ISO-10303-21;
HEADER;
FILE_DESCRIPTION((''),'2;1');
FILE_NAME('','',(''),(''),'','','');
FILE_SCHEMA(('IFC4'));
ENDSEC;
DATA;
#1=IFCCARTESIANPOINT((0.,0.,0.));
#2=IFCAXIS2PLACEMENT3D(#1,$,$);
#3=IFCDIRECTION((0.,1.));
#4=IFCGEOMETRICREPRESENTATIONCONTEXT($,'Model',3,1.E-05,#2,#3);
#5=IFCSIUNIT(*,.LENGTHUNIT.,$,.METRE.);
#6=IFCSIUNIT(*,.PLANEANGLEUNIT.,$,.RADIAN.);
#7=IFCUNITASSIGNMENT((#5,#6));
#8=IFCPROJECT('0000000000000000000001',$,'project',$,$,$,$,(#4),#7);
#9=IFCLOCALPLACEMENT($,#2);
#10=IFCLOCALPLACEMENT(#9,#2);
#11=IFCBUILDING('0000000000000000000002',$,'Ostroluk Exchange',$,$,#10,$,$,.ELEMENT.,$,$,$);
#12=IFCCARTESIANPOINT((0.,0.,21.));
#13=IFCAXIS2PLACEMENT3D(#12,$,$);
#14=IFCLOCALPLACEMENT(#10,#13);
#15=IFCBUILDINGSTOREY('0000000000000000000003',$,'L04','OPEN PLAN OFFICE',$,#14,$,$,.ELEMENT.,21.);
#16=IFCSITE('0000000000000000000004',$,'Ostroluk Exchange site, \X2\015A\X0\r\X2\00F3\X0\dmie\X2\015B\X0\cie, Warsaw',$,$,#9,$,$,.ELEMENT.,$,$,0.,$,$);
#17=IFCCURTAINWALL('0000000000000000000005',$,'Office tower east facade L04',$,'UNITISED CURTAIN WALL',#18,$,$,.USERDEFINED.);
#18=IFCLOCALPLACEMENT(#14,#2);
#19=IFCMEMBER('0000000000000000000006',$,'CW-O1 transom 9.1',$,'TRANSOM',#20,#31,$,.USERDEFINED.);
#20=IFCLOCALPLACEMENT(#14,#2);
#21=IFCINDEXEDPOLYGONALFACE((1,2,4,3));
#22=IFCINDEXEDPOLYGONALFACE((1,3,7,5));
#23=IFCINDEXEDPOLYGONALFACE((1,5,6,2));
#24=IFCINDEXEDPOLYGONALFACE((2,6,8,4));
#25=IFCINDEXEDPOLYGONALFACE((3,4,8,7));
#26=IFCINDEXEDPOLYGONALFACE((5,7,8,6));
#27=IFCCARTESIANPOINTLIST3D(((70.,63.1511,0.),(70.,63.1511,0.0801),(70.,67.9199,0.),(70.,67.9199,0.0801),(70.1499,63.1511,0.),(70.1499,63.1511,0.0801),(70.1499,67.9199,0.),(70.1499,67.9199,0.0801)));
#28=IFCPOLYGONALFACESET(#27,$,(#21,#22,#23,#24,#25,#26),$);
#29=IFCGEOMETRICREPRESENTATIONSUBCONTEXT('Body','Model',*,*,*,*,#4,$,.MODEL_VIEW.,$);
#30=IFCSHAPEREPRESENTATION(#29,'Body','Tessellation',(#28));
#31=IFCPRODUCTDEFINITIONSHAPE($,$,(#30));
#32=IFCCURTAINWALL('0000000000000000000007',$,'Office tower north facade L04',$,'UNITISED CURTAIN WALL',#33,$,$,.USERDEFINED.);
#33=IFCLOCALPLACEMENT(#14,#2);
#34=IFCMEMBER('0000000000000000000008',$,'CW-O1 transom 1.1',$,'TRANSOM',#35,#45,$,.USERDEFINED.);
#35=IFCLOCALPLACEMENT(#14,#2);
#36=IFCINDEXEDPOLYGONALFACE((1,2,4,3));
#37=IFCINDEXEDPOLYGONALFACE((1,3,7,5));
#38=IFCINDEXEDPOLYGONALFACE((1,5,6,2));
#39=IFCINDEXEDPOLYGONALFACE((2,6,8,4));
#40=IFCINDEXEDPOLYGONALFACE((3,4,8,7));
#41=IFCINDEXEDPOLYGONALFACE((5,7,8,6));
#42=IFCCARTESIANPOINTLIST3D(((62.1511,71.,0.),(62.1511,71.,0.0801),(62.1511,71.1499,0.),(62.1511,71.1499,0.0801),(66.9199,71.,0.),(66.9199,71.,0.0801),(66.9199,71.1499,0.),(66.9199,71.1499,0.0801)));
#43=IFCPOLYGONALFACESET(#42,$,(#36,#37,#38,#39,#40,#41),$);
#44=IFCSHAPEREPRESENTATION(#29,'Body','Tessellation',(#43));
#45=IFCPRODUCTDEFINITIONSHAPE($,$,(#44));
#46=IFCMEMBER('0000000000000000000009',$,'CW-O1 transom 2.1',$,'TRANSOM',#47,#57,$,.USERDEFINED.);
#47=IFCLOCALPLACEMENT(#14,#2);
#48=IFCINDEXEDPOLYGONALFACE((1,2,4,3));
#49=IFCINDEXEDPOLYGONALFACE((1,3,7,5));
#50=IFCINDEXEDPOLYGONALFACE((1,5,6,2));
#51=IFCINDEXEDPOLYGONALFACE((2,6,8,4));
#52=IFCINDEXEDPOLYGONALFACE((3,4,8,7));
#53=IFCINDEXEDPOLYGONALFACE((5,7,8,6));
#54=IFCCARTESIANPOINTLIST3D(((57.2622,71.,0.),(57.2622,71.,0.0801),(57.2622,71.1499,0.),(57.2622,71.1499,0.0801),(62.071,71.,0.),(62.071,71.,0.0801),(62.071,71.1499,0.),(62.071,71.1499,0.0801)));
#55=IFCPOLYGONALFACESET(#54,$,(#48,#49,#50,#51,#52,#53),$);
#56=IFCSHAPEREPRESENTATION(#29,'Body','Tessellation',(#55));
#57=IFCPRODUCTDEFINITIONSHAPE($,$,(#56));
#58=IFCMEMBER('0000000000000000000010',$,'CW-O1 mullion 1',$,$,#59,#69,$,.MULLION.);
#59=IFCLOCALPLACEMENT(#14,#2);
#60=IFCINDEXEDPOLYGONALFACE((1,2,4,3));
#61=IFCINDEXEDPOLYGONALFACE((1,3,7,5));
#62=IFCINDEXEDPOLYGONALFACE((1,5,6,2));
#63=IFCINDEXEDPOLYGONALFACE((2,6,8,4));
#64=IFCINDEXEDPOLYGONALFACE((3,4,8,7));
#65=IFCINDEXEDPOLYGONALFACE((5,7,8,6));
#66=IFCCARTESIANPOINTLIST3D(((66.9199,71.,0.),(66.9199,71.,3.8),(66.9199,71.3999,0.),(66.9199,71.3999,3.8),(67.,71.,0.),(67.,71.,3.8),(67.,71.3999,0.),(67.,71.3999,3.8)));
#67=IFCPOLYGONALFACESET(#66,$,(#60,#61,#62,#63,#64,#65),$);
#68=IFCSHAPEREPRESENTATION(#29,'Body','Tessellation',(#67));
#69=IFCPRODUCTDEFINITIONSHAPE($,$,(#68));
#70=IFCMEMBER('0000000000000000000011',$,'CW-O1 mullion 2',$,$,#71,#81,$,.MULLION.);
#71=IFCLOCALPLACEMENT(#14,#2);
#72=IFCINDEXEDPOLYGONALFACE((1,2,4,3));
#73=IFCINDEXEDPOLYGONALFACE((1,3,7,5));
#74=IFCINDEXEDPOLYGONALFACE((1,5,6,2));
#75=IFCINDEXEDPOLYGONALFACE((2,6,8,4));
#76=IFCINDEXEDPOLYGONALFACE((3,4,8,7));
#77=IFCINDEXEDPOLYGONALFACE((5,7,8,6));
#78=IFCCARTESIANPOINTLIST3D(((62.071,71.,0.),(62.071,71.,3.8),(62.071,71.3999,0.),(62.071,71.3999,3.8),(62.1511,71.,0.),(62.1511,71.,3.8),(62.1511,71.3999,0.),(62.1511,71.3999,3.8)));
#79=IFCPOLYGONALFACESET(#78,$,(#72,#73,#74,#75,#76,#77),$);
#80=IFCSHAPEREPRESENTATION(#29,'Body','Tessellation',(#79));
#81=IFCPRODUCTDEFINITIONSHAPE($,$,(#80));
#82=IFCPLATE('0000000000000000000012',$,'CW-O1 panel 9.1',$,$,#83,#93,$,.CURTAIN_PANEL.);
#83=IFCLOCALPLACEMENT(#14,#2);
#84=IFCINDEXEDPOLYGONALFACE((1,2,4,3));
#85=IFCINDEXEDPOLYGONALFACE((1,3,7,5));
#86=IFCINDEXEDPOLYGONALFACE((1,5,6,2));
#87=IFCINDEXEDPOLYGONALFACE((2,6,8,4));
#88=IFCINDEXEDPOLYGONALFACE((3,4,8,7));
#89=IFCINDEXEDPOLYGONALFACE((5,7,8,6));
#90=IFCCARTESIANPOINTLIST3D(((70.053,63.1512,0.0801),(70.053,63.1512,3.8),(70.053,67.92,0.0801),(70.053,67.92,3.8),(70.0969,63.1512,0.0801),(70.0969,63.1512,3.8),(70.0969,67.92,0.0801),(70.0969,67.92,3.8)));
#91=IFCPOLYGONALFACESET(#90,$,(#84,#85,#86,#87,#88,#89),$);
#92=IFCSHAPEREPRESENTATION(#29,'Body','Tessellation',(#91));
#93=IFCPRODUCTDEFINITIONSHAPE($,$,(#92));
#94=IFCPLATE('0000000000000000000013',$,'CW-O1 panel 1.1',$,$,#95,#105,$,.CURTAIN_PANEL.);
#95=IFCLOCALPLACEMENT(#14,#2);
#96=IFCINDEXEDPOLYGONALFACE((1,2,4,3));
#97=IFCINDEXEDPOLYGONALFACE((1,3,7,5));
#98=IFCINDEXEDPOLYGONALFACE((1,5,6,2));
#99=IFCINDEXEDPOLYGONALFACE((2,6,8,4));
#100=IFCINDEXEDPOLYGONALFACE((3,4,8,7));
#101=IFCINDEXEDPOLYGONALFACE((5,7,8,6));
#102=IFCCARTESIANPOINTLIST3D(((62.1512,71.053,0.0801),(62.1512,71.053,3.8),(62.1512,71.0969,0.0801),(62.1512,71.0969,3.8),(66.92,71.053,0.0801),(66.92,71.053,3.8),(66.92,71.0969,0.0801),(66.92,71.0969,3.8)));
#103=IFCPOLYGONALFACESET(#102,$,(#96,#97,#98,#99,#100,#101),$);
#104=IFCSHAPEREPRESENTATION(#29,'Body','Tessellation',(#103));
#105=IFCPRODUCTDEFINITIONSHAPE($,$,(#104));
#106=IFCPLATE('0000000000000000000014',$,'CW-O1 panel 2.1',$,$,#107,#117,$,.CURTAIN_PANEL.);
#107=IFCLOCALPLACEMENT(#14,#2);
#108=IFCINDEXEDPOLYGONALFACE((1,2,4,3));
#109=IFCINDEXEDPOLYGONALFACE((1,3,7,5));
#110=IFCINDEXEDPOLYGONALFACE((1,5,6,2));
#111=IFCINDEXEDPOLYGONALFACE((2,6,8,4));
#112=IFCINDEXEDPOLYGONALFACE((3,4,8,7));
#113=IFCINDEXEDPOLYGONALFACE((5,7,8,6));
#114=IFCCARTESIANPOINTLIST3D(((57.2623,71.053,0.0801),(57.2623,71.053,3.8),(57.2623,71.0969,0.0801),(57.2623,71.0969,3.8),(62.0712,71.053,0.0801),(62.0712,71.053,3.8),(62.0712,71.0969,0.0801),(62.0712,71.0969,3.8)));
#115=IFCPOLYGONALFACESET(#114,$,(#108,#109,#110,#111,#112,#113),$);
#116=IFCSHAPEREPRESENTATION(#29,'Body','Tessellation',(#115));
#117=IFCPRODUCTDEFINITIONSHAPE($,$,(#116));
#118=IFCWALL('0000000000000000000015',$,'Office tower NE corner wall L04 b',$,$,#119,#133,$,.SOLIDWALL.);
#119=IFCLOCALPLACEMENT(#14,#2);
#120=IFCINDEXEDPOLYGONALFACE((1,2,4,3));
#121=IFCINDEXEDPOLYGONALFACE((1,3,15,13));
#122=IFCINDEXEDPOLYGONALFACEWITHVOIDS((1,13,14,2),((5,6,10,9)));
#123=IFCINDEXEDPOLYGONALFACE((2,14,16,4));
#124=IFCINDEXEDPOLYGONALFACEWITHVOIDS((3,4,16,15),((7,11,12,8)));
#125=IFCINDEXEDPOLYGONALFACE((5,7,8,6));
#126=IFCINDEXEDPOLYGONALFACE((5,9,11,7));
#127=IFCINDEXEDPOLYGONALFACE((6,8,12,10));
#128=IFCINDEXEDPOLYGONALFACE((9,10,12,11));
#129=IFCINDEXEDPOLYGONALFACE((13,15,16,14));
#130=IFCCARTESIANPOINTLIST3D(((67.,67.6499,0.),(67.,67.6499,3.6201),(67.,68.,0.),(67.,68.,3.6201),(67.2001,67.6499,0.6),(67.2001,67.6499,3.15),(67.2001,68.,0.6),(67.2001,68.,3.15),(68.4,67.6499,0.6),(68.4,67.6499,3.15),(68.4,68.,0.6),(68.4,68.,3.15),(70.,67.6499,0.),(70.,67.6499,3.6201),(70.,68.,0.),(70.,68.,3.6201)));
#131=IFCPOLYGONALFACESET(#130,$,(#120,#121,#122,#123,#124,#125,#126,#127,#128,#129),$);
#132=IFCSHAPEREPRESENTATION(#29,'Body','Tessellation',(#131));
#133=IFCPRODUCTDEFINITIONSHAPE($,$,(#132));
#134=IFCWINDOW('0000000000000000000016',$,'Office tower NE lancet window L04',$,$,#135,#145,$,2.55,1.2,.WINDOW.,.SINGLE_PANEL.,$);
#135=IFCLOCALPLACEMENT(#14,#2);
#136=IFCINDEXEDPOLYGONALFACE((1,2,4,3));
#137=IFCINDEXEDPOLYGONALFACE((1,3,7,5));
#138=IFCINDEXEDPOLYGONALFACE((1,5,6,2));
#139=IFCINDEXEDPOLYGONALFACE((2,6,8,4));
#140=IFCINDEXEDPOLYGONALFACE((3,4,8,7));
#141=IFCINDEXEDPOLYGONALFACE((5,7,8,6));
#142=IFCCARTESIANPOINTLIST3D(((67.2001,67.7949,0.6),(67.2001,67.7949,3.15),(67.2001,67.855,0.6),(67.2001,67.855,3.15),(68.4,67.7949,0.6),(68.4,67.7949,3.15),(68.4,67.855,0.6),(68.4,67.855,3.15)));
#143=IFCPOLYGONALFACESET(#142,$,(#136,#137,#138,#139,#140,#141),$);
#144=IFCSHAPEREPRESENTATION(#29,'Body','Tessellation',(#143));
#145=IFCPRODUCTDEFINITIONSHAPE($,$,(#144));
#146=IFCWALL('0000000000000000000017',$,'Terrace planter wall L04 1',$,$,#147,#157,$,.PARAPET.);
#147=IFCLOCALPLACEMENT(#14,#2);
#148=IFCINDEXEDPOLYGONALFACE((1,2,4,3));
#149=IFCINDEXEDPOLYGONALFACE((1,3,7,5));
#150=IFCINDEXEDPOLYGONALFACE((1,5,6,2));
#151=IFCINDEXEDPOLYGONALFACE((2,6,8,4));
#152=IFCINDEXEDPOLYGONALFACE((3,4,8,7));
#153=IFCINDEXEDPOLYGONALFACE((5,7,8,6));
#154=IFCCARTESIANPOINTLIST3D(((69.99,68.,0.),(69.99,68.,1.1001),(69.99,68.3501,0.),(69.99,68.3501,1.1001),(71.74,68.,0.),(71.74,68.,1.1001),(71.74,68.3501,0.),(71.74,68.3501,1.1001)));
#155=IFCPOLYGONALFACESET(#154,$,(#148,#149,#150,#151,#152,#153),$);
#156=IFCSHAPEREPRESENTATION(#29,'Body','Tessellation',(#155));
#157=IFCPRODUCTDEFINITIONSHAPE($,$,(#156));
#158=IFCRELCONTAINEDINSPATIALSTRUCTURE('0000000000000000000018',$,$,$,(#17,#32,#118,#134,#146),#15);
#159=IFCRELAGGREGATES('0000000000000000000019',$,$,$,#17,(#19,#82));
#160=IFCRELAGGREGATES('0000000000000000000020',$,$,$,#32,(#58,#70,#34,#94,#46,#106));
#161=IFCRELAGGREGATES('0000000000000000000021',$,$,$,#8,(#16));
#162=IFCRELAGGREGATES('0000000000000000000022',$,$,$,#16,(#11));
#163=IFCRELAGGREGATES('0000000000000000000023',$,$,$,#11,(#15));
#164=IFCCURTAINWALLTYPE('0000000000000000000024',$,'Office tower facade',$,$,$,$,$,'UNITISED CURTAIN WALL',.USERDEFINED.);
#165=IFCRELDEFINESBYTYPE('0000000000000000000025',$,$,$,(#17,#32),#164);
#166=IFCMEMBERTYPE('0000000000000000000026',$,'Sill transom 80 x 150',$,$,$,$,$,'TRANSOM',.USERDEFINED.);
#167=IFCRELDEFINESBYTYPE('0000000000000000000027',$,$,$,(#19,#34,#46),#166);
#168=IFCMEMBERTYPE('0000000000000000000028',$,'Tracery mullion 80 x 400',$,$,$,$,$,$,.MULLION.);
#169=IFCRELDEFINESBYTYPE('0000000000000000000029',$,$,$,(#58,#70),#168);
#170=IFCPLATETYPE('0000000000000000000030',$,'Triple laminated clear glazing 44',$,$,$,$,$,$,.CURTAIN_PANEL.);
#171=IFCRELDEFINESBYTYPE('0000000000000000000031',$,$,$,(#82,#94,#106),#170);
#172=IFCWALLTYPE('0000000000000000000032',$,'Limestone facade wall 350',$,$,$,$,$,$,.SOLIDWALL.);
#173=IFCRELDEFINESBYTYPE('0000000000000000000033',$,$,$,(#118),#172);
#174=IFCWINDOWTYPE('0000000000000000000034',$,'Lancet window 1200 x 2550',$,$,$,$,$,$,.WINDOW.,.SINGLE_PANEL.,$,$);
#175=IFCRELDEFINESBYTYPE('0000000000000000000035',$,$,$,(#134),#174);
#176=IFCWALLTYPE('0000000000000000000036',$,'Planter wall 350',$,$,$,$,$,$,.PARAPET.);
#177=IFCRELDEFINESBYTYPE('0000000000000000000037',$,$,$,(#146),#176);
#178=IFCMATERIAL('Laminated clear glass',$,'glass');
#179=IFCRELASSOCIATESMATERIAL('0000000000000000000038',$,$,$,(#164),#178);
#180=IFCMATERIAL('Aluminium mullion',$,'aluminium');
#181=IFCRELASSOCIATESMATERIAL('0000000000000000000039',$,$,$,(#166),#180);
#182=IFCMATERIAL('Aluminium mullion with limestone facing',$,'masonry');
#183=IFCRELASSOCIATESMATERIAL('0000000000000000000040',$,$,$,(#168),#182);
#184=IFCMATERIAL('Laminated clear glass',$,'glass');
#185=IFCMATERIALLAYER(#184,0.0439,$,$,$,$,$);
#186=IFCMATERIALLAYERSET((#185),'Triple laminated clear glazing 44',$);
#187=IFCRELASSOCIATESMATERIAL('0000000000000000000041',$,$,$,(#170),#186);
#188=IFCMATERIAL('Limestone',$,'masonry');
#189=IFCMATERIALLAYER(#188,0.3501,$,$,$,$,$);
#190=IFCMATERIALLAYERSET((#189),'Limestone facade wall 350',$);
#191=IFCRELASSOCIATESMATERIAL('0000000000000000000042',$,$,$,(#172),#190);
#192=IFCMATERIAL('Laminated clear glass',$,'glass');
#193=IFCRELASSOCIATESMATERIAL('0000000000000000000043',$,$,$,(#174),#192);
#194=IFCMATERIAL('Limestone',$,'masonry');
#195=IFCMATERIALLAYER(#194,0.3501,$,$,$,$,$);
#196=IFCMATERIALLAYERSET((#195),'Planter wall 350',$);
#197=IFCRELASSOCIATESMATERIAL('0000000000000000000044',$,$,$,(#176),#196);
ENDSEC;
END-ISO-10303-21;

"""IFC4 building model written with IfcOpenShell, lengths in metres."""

from ifc_helpers import new_model, si_unit, direction, frame, frame_2d, origin, origin_2d, place, context, subcontext, project, spatial, rectangle, extrude, material, layer, layer_set, material_profile, profile_set, type_object, element, fill, aggregate, save


model = new_model("IFC4")

# Units and contexts
model_context = context("Model", 3, precision=1e-05, world=origin(), true_north=direction((0.0, 1.0)))
body_context = subcontext(model_context, "Body", "Model", "MODEL_VIEW")
ifc_project = project(units=[si_unit("LENGTHUNIT", "METRE"), si_unit("PLANEANGLEUNIT", "RADIAN")], contexts=[model_context])

# Site, building, storey
site_placement = place(None, origin())
site = spatial("IfcSite", under=ifc_project, at=site_placement, Name="Ostroluk Exchange site, Śródmieście, Warsaw", CompositionType="ELEMENT", RefElevation=0.0)
building_placement = place(site_placement, origin())
building = spatial("IfcBuilding", under=site, at=building_placement, Name="Ostroluk Exchange", CompositionType="ELEMENT")
storey_placement = place(building_placement, frame((0.0, 0.0, 21.0)))
storey = spatial("IfcBuildingStorey", under=building, at=storey_placement, Name="L04", Description="OPEN PLAN OFFICE", CompositionType="ELEMENT", Elevation=21.0)

# Curtain wall, member
ifc_material_1 = material(Name="Laminated clear glass", Category="glass")
curtain_wall_type = type_object("IfcCurtainWallType", Name="Office tower facade", ElementType="UNITISED CURTAIN WALL", PredefinedType="USERDEFINED", material=ifc_material_1)
curtain_wall_1_placement = place(storey_placement, origin())
curtain_wall_1 = element("IfcCurtainWall", 1, at=curtain_wall_1_placement, inside=storey, type_object=curtain_wall_type, Name="Office tower east facade L04", ObjectType="UNITISED CURTAIN WALL", PredefinedType="USERDEFINED")
ifc_material_2 = material(Name="Aluminium mullion", Category="aluminium")
ifc_material_profile_1 = material_profile(ifc_material_2, rectangle(XDim=0.1499, YDim=0.0801, at=origin_2d()), Name="Sill transom 80 x 150")
ifc_profile_set_1 = profile_set([ifc_material_profile_1], Name="Aluminium mullion")
member_type_1 = type_object("IfcMemberType", Name="Sill transom 80 x 150", ElementType="TRANSOM", PredefinedType="USERDEFINED", material=ifc_profile_set_1)
member_1_placement = place(storey_placement, frame((70.075, 63.1511, 0.04), z_axis=(0.0, 1.0, 0.0), x_axis=(-1.0, 0.0, 0.0)))
member_1 = element("IfcMember", 2, at=member_1_placement, type_object=member_type_1, Name="CW-O1 transom 9.1", ObjectType="TRANSOM", PredefinedType="USERDEFINED", context=body_context, shape_type="SweptSolid", body=[
    extrude(rectangle(XDim=0.1499, YDim=0.0801, at=origin_2d()), origin(), (0.0, 0.0, 1.0), 4.7688),
])

# Curtain wall, members
curtain_wall_2_placement = place(storey_placement, origin())
curtain_wall_2 = element("IfcCurtainWall", 3, at=curtain_wall_2_placement, inside=storey, type_object=curtain_wall_type, Name="Office tower north facade L04", ObjectType="UNITISED CURTAIN WALL", PredefinedType="USERDEFINED")
member_2_placement = place(storey_placement, frame((66.9199, 71.075, 0.04), z_axis=(-1.0, 0.0, 0.0), x_axis=(0.0, -1.0, 0.0)))
member_2 = element("IfcMember", 4, at=member_2_placement, type_object=member_type_1, Name="CW-O1 transom 1.1", ObjectType="TRANSOM", PredefinedType="USERDEFINED", context=body_context, shape_type="SweptSolid", body=[
    extrude(rectangle(XDim=0.1499, YDim=0.0801, at=origin_2d()), origin(), (0.0, 0.0, 1.0), 4.7688),
])
member_3_placement = place(storey_placement, frame((62.071, 71.075, 0.04), z_axis=(-1.0, 0.0, 0.0), x_axis=(0.0, -1.0, 0.0)))
member_3 = element("IfcMember", 5, at=member_3_placement, type_object=member_type_1, Name="CW-O1 transom 2.1", ObjectType="TRANSOM", PredefinedType="USERDEFINED", context=body_context, shape_type="SweptSolid", body=[
    extrude(rectangle(XDim=0.1499, YDim=0.0801, at=origin_2d()), origin(), (0.0, 0.0, 1.0), 4.8088),
])
ifc_material_3 = material(Name="Aluminium mullion with limestone facing", Category="masonry")
ifc_material_profile_2 = material_profile(ifc_material_3, rectangle(XDim=0.3999, YDim=0.0801, at=origin_2d()), Name="Tracery mullion 80 x 400")
ifc_profile_set_2 = profile_set([ifc_material_profile_2], Name="Aluminium mullion with limestone facing")
member_type_2 = type_object("IfcMemberType", Name="Tracery mullion 80 x 400", PredefinedType="MULLION", material=ifc_profile_set_2)
member_4_placement = place(storey_placement, frame((66.96, 71.2, 0.0), z_axis=(0.0, 0.0, 1.0), x_axis=(0.0, -1.0, 0.0)))
member_4 = element("IfcMember", 6, at=member_4_placement, type_object=member_type_2, Name="CW-O1 mullion 1", PredefinedType="MULLION", context=body_context, shape_type="SweptSolid", body=[
    extrude(rectangle(XDim=0.3999, YDim=0.0801, at=origin_2d()), origin(), (0.0, 0.0, 1.0), 3.8),
])
member_5_placement = place(storey_placement, frame((62.1111, 71.2, 0.0), z_axis=(0.0, 0.0, 1.0), x_axis=(0.0, -1.0, 0.0)))
member_5 = element("IfcMember", 7, at=member_5_placement, type_object=member_type_2, Name="CW-O1 mullion 2", PredefinedType="MULLION", context=body_context, shape_type="SweptSolid", body=[
    extrude(rectangle(XDim=0.3999, YDim=0.0801, at=origin_2d()), origin(), (0.0, 0.0, 1.0), 3.8),
])

# Plates
ifc_material_4 = material(Name="Laminated clear glass", Category="glass")
ifc_layer_1 = layer(ifc_material_4, 0.0439)
ifc_layer_set_1 = layer_set([ifc_layer_1], Name="Triple laminated clear glazing 44")
plate_type = type_object("IfcPlateType", Name="Triple laminated clear glazing 44", PredefinedType="CURTAIN_PANEL", material=ifc_layer_set_1)
plate_1_placement = place(storey_placement, frame((70.075, 65.5356, 0.0801), z_axis=(0.0, 0.0, 1.0), x_axis=(0.0, 1.0, 0.0)))
plate_1 = element("IfcPlate", 8, at=plate_1_placement, type_object=plate_type, Name="CW-O1 panel 9.1", PredefinedType="CURTAIN_PANEL", context=body_context, shape_type="SweptSolid", body=[
    extrude(rectangle(XDim=4.7688, YDim=0.0439, at=origin_2d()), origin(), (0.0, 0.0, 1.0), 3.72),
])
aggregate(curtain_wall_1, [member_1, plate_1])
plate_2_placement = place(storey_placement, frame((64.5356, 71.075, 0.0801), z_axis=(0.0, 0.0, 1.0), x_axis=(-1.0, 0.0, 0.0)))
plate_2 = element("IfcPlate", 9, at=plate_2_placement, type_object=plate_type, Name="CW-O1 panel 1.1", PredefinedType="CURTAIN_PANEL", context=body_context, shape_type="SweptSolid", body=[
    extrude(rectangle(XDim=4.7688, YDim=0.0439, at=origin_2d()), origin(), (0.0, 0.0, 1.0), 3.72),
])
plate_3_placement = place(storey_placement, frame((59.6667, 71.075, 0.0801), z_axis=(0.0, 0.0, 1.0), x_axis=(-1.0, 0.0, 0.0)))
plate_3 = element("IfcPlate", 10, at=plate_3_placement, type_object=plate_type, Name="CW-O1 panel 2.1", PredefinedType="CURTAIN_PANEL", context=body_context, shape_type="SweptSolid", body=[
    extrude(rectangle(XDim=4.8088, YDim=0.0439, at=origin_2d()), origin(), (0.0, 0.0, 1.0), 3.72),
])
aggregate(curtain_wall_2, [member_4, member_5, member_2, plate_2, member_3, plate_3])

# Shared definitions
ifc_material_5 = material(Name="Limestone", Category="masonry")
ifc_layer_2 = layer(ifc_material_5, 0.3501)
ifc_layer_set_2 = layer_set([ifc_layer_2], Name="Limestone facade wall 350")
wall_type_1 = type_object("IfcWallType", Name="Limestone facade wall 350", PredefinedType="SOLIDWALL", material=ifc_layer_set_2)

# Wall, opening, window
wall_1_placement = place(storey_placement, frame((67.0, 67.825, 0.0), z_axis=(0.0, 0.0, 1.0), x_axis=(1.0, 0.0, 0.0)))
wall_1 = element("IfcWall", 11, at=wall_1_placement, inside=storey, type_object=wall_type_1, Name="Office tower NE corner wall L04 b", PredefinedType="SOLIDWALL", context=body_context, shape_type="SweptSolid", body=[
    extrude(rectangle(XDim=3.0, YDim=0.3501, at=frame_2d((1.5, 0.0))), origin(), (0.0, 0.0, 1.0), 3.6201),
])
opening_1_placement = place(wall_1_placement, frame((0.2, 0.0, 0.6001)))
opening_1 = element("IfcOpeningElement", 12, at=opening_1_placement, cuts=wall_1, PredefinedType="OPENING", context=body_context, shape_type="SweptSolid", body=[
    extrude(rectangle(XDim=1.2, YDim=2.55, at=frame_2d((0.6001, 1.2749))), frame((0.0, 0.1851, 0.0), z_axis=(0.0, -1.0, 0.0), x_axis=(1.0, 0.0, 0.0)), (0.0, 0.0, 1.0), 0.3701),
])
ifc_material_6 = material(Name="Laminated clear glass", Category="glass")
window_type = type_object("IfcWindowType", Name="Lancet window 1200 x 2550", PartitioningType="SINGLE_PANEL", PredefinedType="WINDOW", material=ifc_material_6)
window_placement = place(opening_1_placement, origin())
window = element("IfcWindow", 13, at=window_placement, inside=storey, type_object=window_type, Name="Office tower NE lancet window L04", OverallHeight=2.55, OverallWidth=1.2, PartitioningType="SINGLE_PANEL", PredefinedType="WINDOW", context=body_context, shape_type="SweptSolid", body=[
    extrude(rectangle(XDim=1.2, YDim=2.55, at=frame_2d((0.6001, 1.2749))), frame((0.0, 0.03, 0.0), z_axis=(0.0, -1.0, 0.0), x_axis=(1.0, 0.0, 0.0)), (0.0, 0.0, 1.0), 0.0601),
])
fill(opening_1, window)

# Wall
ifc_material_7 = material(Name="Limestone", Category="masonry")
ifc_layer_3 = layer(ifc_material_7, 0.3501)
ifc_layer_set_3 = layer_set([ifc_layer_3], Name="Planter wall 350")
wall_type_2 = type_object("IfcWallType", Name="Planter wall 350", PredefinedType="PARAPET", material=ifc_layer_set_3)
wall_2_placement = place(storey_placement, frame((69.99, 68.175, 0.0), z_axis=(0.0, 0.0, 1.0), x_axis=(1.0, 0.0, 0.0)))
element("IfcWall", 14, at=wall_2_placement, inside=storey, type_object=wall_type_2, Name="Terrace planter wall L04 1", PredefinedType="PARAPET", context=body_context, shape_type="SweptSolid", body=[
    extrude(rectangle(XDim=1.75, YDim=0.3501, at=frame_2d((0.875, 0.0))), origin(), (0.0, 0.0, 1.0), 1.1001),
])

save(model, "model.ifc")
